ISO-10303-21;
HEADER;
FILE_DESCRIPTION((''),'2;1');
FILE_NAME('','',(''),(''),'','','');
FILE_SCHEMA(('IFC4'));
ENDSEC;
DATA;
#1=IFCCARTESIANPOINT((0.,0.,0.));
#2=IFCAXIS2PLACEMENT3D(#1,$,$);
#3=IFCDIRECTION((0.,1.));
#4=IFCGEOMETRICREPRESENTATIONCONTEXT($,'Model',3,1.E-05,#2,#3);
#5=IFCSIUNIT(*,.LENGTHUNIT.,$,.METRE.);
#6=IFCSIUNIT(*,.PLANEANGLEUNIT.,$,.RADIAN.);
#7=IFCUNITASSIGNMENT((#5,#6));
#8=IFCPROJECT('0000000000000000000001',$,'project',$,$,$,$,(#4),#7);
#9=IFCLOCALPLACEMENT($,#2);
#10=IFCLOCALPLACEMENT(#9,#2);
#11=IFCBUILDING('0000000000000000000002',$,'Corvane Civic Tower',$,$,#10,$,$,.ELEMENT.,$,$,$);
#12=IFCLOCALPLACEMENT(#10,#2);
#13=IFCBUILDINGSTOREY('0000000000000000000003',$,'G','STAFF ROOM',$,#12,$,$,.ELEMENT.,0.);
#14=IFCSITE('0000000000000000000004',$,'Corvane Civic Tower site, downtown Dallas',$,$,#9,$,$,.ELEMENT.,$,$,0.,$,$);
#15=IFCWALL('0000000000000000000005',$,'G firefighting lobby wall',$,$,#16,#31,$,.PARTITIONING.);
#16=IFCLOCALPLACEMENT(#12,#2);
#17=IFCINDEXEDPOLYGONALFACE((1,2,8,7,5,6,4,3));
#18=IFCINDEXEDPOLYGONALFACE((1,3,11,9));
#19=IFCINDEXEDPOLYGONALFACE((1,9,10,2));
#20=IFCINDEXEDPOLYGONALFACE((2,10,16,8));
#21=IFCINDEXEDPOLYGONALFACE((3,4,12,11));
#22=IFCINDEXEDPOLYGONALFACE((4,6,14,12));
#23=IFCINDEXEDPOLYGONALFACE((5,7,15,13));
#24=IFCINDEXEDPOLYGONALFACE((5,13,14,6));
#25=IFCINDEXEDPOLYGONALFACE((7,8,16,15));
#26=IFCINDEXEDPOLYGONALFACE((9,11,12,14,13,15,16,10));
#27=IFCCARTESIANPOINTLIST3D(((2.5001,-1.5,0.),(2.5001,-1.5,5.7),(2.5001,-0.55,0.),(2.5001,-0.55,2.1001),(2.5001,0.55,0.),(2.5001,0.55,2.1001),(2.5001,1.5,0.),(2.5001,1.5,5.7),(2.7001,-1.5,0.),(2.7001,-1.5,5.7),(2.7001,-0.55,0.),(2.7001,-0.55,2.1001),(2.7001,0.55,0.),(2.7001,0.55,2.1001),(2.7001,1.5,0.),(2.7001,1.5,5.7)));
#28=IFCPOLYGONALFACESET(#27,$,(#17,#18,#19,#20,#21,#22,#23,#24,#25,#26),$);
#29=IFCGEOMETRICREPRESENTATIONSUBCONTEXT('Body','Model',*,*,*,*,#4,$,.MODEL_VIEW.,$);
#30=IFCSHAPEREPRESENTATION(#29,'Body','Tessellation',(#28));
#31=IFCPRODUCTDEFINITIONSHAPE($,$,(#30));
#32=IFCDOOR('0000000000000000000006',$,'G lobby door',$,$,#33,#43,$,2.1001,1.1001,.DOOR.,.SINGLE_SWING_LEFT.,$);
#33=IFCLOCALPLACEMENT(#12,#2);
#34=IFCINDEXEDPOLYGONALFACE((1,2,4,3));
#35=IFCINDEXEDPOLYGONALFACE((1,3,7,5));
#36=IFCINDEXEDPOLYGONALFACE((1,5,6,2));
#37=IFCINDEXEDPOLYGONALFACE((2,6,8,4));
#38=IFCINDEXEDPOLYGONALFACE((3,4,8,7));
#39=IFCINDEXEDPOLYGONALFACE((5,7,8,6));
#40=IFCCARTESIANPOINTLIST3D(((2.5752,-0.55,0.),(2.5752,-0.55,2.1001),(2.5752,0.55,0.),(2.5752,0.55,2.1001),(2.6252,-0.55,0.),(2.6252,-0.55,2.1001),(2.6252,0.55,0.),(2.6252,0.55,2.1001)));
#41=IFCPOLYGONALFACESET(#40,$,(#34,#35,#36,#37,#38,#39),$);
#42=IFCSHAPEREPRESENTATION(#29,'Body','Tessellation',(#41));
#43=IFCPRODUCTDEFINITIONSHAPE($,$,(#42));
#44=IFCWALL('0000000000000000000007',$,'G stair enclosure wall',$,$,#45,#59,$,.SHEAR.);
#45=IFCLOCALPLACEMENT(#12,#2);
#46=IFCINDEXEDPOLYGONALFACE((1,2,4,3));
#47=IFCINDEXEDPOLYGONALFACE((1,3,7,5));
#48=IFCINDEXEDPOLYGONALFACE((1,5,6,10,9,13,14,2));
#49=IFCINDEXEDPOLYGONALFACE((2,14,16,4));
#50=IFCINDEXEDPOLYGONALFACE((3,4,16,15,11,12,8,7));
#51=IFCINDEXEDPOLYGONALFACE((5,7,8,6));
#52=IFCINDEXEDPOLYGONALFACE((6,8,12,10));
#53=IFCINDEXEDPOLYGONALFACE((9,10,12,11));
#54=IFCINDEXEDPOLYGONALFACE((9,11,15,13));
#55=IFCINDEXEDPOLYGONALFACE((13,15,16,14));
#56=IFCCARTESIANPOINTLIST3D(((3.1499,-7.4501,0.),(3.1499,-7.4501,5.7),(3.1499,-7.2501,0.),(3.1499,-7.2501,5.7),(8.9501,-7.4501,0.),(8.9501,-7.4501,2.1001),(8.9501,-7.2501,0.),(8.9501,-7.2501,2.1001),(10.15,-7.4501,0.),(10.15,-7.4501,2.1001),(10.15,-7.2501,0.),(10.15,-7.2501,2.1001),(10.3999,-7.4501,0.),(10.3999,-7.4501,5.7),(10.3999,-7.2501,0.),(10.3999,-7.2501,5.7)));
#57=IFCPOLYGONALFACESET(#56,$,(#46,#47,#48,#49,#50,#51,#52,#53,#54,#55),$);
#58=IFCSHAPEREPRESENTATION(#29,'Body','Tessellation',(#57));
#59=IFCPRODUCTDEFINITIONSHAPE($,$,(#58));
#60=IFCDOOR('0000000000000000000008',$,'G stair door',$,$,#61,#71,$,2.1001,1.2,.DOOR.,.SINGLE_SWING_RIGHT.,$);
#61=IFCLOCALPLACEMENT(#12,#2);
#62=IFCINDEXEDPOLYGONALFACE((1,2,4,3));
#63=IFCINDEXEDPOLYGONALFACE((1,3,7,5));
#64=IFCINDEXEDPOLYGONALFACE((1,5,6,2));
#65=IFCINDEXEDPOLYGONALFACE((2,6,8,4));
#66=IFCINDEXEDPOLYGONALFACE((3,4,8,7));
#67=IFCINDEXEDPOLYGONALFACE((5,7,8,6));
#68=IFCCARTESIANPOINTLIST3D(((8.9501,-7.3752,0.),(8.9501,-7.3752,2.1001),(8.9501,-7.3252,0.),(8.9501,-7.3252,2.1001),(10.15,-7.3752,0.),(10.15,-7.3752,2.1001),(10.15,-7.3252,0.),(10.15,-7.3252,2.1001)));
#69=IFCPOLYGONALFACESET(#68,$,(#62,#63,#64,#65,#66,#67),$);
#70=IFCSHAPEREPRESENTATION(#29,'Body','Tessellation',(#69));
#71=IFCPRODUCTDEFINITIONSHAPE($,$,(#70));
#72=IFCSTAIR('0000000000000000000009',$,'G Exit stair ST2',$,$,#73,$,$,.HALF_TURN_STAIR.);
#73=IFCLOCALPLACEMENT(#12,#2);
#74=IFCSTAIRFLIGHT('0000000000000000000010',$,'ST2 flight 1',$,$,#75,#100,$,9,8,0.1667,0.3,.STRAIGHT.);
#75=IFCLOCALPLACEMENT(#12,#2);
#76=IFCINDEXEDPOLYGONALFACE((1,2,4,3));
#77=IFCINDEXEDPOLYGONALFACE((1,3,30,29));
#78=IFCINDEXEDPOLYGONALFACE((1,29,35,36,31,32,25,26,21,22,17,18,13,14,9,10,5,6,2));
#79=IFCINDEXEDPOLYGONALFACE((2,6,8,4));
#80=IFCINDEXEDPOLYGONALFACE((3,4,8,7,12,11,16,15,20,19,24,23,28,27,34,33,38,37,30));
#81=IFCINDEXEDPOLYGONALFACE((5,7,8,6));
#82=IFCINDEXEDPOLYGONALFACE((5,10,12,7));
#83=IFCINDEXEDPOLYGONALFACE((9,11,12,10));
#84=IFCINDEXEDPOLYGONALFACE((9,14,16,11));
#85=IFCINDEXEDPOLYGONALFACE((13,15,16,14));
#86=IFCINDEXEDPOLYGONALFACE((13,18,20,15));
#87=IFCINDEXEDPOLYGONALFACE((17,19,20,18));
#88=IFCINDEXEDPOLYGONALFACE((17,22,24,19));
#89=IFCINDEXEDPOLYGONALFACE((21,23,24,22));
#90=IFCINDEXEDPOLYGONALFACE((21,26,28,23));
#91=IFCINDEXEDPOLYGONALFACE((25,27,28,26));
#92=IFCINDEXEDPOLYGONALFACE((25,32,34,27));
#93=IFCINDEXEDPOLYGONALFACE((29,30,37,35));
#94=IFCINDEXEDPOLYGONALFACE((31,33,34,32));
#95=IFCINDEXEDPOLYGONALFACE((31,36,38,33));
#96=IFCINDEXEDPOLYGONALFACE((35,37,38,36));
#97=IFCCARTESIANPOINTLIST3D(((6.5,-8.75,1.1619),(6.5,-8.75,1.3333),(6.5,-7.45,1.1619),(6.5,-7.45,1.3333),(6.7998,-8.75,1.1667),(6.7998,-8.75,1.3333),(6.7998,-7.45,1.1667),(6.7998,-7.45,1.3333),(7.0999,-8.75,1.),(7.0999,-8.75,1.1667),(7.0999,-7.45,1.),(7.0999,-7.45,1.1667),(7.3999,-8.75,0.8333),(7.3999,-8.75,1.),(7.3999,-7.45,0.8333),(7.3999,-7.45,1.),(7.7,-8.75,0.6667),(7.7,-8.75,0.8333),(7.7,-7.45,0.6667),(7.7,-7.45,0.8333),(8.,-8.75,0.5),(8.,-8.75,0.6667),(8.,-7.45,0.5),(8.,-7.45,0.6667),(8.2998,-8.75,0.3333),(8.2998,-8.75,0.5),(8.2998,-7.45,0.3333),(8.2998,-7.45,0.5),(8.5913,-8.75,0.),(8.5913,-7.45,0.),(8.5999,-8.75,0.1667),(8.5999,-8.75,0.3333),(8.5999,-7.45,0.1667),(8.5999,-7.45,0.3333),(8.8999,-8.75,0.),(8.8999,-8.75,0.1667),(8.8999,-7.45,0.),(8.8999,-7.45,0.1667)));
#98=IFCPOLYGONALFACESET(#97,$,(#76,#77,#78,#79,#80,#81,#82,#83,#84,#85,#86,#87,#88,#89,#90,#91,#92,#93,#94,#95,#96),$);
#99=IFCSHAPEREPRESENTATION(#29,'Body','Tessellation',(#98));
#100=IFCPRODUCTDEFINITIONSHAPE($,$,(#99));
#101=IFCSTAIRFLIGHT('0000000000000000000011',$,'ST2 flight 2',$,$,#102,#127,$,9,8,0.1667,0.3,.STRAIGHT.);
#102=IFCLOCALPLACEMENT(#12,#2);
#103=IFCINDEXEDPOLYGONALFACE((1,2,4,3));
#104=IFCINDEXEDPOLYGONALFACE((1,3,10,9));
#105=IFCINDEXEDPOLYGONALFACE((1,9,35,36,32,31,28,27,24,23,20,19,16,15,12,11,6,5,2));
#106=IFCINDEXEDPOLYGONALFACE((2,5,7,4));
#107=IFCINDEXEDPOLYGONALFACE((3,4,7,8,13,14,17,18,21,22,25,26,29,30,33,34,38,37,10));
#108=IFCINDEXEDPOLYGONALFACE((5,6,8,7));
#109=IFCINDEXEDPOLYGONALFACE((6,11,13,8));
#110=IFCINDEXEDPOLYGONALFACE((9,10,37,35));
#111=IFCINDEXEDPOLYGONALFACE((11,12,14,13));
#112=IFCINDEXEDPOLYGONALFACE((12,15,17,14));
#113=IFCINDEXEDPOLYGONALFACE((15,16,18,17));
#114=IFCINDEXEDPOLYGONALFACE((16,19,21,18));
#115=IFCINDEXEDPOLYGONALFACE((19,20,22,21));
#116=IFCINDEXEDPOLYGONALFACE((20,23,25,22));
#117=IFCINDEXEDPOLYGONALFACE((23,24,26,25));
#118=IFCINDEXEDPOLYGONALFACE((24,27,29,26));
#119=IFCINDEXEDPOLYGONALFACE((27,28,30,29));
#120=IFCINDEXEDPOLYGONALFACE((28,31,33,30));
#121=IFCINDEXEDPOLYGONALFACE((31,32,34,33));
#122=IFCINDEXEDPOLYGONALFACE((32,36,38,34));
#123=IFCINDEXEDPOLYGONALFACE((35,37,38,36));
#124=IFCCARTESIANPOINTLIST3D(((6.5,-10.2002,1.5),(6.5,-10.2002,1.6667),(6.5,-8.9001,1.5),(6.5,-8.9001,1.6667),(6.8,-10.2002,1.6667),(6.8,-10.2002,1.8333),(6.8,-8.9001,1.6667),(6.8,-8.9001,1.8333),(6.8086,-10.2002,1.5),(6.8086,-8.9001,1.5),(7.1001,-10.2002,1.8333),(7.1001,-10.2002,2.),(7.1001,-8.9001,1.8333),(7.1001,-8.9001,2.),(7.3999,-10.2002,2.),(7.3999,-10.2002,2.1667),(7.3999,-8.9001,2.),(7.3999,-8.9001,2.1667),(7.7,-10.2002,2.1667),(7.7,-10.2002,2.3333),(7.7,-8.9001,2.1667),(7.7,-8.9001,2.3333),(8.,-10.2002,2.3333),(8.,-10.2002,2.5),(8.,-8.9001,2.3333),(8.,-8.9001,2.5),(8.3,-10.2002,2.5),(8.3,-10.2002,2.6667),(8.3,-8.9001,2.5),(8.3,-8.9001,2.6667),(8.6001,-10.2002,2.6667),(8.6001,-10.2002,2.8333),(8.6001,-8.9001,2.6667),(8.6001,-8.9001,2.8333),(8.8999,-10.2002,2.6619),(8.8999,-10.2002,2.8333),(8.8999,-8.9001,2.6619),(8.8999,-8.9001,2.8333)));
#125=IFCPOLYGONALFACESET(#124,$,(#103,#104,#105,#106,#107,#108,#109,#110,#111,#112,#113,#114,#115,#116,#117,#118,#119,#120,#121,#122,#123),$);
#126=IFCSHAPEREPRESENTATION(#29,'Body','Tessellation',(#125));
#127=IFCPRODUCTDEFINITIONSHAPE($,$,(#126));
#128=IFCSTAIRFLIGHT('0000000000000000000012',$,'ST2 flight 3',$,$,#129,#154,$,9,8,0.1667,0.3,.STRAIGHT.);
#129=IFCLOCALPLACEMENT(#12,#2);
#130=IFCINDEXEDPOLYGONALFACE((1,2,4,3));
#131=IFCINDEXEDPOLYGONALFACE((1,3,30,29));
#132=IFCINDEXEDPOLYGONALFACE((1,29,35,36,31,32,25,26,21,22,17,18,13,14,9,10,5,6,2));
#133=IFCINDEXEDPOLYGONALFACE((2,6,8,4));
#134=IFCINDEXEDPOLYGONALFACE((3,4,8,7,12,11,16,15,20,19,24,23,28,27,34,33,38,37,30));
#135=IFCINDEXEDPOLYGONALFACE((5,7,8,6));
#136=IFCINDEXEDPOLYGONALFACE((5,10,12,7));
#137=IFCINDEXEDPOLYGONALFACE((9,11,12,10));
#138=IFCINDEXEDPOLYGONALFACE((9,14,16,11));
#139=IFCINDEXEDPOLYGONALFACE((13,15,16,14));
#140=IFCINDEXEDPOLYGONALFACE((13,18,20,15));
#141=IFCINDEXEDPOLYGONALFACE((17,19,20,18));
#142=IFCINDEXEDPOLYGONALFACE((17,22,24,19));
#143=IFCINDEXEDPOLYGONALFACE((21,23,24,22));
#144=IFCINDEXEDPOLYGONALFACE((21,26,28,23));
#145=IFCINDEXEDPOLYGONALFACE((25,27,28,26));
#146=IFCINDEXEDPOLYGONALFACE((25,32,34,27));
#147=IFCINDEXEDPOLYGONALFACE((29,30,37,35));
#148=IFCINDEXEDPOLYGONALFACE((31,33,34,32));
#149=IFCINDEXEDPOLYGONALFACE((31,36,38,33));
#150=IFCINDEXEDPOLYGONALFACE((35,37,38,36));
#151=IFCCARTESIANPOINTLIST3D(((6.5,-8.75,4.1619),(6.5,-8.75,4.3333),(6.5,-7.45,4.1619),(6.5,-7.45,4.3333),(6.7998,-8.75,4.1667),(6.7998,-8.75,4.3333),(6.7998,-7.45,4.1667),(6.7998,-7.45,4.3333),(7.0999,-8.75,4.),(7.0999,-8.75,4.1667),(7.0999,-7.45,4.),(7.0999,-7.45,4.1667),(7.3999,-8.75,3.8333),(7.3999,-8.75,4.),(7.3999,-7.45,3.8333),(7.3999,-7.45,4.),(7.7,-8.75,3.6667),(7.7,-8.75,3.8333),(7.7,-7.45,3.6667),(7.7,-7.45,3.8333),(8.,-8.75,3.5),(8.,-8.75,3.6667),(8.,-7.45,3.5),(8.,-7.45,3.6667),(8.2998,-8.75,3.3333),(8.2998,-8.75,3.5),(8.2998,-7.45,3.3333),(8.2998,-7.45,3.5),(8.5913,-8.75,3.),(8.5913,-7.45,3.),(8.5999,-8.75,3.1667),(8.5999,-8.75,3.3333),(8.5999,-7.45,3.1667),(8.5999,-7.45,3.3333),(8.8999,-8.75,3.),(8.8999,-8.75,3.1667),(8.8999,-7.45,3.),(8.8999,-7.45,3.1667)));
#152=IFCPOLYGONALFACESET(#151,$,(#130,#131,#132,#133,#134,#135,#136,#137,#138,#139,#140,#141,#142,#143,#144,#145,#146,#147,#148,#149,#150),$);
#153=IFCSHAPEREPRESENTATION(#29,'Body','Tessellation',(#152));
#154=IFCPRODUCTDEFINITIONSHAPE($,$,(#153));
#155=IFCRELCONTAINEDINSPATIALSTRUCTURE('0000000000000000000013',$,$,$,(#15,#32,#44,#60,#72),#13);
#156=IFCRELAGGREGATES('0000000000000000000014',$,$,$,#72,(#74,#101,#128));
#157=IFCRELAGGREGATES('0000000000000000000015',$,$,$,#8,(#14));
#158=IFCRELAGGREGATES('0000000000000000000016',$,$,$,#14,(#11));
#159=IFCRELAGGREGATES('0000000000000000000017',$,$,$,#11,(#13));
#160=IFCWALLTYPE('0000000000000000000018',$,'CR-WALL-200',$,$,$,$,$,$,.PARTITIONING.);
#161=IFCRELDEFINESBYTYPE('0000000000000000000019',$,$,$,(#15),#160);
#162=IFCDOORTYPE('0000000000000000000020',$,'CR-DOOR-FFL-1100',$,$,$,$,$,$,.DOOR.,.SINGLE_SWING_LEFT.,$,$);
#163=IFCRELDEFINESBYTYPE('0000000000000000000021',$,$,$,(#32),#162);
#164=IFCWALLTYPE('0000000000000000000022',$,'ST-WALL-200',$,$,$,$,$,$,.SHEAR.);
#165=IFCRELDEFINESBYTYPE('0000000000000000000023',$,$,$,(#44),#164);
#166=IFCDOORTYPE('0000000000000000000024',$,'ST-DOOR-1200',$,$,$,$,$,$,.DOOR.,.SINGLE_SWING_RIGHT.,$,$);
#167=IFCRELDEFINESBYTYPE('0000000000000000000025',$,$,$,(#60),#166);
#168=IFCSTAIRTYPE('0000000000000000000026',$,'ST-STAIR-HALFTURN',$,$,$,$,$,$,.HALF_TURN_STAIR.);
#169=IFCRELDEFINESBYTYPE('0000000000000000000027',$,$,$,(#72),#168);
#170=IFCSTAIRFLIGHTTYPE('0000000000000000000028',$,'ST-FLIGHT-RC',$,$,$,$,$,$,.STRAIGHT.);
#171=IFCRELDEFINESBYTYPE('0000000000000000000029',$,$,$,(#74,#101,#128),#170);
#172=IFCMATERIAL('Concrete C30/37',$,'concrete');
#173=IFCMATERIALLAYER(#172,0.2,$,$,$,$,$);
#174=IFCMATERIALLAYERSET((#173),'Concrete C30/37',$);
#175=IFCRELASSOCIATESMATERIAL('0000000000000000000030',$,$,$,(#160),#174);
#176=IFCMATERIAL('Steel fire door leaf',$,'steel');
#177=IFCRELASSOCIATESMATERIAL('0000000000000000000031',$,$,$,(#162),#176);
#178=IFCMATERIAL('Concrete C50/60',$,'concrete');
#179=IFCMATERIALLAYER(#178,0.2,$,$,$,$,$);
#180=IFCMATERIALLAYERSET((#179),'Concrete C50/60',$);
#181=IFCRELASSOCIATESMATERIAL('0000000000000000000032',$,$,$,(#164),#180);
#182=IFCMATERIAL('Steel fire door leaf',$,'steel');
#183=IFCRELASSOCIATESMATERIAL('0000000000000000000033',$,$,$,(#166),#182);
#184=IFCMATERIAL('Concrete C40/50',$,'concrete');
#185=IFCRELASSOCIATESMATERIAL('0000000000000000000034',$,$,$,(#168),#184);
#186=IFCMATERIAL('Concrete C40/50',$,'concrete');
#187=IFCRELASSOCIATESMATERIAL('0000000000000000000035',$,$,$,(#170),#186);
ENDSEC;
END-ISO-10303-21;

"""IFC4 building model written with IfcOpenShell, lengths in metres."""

from ifc_helpers import new_model, si_unit, direction, frame, frame_2d, origin, place, context, subcontext, project, spatial, polyline, rectangle, outline, extrude, material, layer, layer_set, type_object, element, fill, aggregate, save


model = new_model("IFC4")

# Units and contexts
model_context = context("Model", 3, precision=1e-05, world=origin(), true_north=direction((0.0, 1.0)))
body_context = subcontext(model_context, "Body", "Model", "MODEL_VIEW")
ifc_project = project(units=[si_unit("LENGTHUNIT", "METRE"), si_unit("PLANEANGLEUNIT", "RADIAN")], contexts=[model_context])

# Site, building, storey
site_placement = place(None, origin())
site = spatial("IfcSite", under=ifc_project, at=site_placement, Name="Corvane Civic Tower site, downtown Dallas", CompositionType="ELEMENT", RefElevation=0.0)
building_placement = place(site_placement, origin())
building = spatial("IfcBuilding", under=site, at=building_placement, Name="Corvane Civic Tower", CompositionType="ELEMENT")
storey_placement = place(building_placement, origin())
storey = spatial("IfcBuildingStorey", under=building, at=storey_placement, Name="G", Description="STAFF ROOM", CompositionType="ELEMENT", Elevation=0.0)

# Walls, openings, doors
ifc_material_1 = material(Name="Concrete C30/37", Category="concrete")
ifc_layer_1 = layer(ifc_material_1, 0.2)
ifc_layer_set_1 = layer_set([ifc_layer_1], Name="Concrete C30/37")
wall_type_1 = type_object("IfcWallType", Name="CR-WALL-200", PredefinedType="PARTITIONING", material=ifc_layer_set_1)
wall_1_placement = place(storey_placement, frame((2.6001, -1.5, 0.0), z_axis=(0.0, 0.0, 1.0), x_axis=(0.0, 1.0, 0.0)))
wall_1 = element("IfcWall", 1, at=wall_1_placement, inside=storey, type_object=wall_type_1, Name="G firefighting lobby wall", PredefinedType="PARTITIONING", context=body_context, shape_type="SweptSolid", body=[
    extrude(rectangle(XDim=3.0, YDim=0.2, at=frame_2d((1.5, 0.0))), origin(), (0.0, 0.0, 1.0), 5.7),
])
opening_1_placement = place(wall_1_placement, frame((0.95, 0.0, 0.0)))
opening_1 = element("IfcOpeningElement", 2, at=opening_1_placement, cuts=wall_1, PredefinedType="OPENING", context=body_context, shape_type="SweptSolid", body=[
    extrude(rectangle(XDim=1.1001, YDim=2.1001, at=frame_2d((0.55, 1.05))), frame((0.0, 0.1099, 0.0), z_axis=(0.0, -1.0, 0.0), x_axis=(1.0, 0.0, 0.0)), (0.0, 0.0, 1.0), 0.22),
])
ifc_material_2 = material(Name="Steel fire door leaf", Category="steel")
door_type_1 = type_object("IfcDoorType", Name="CR-DOOR-FFL-1100", OperationType="SINGLE_SWING_LEFT", PredefinedType="DOOR", material=ifc_material_2)
door_1_placement = place(opening_1_placement, origin())
door_1 = element("IfcDoor", 3, at=door_1_placement, inside=storey, type_object=door_type_1, Name="G lobby door", OperationType="SINGLE_SWING_LEFT", OverallHeight=2.1001, OverallWidth=1.1001, PredefinedType="DOOR", context=body_context, shape_type="SweptSolid", body=[
    extrude(rectangle(XDim=1.1001, YDim=2.1001, at=frame_2d((0.55, 1.05))), frame((0.0, 0.0249, 0.0), z_axis=(0.0, -1.0, 0.0), x_axis=(1.0, 0.0, 0.0)), (0.0, 0.0, 1.0), 0.05),
])
fill(opening_1, door_1)
ifc_material_3 = material(Name="Concrete C50/60", Category="concrete")
ifc_layer_2 = layer(ifc_material_3, 0.2)
ifc_layer_set_2 = layer_set([ifc_layer_2], Name="Concrete C50/60")
wall_type_2 = type_object("IfcWallType", Name="ST-WALL-200", PredefinedType="SHEAR", material=ifc_layer_set_2)
wall_2_placement = place(storey_placement, frame((3.1499, -7.3501, 0.0), z_axis=(0.0, 0.0, 1.0), x_axis=(1.0, 0.0, 0.0)))
wall_2 = element("IfcWall", 4, at=wall_2_placement, inside=storey, type_object=wall_type_2, Name="G stair enclosure wall", PredefinedType="SHEAR", context=body_context, shape_type="SweptSolid", body=[
    extrude(rectangle(XDim=7.25, YDim=0.2, at=frame_2d((3.625, 0.0))), origin(), (0.0, 0.0, 1.0), 5.7),
])
opening_2_placement = place(wall_2_placement, frame((5.8, 0.0, 0.0)))
opening_2 = element("IfcOpeningElement", 5, at=opening_2_placement, cuts=wall_2, PredefinedType="OPENING", context=body_context, shape_type="SweptSolid", body=[
    extrude(rectangle(XDim=1.2, YDim=2.1001, at=frame_2d((0.6001, 1.05))), frame((0.0, 0.1099, 0.0), z_axis=(0.0, -1.0, 0.0), x_axis=(1.0, 0.0, 0.0)), (0.0, 0.0, 1.0), 0.22),
])
ifc_material_4 = material(Name="Steel fire door leaf", Category="steel")
door_type_2 = type_object("IfcDoorType", Name="ST-DOOR-1200", OperationType="SINGLE_SWING_RIGHT", PredefinedType="DOOR", material=ifc_material_4)
door_2_placement = place(opening_2_placement, origin())
door_2 = element("IfcDoor", 6, at=door_2_placement, inside=storey, type_object=door_type_2, Name="G stair door", OperationType="SINGLE_SWING_RIGHT", OverallHeight=2.1001, OverallWidth=1.2, PredefinedType="DOOR", context=body_context, shape_type="SweptSolid", body=[
    extrude(rectangle(XDim=1.2, YDim=2.1001, at=frame_2d((0.6001, 1.05))), frame((0.0, 0.0249, 0.0), z_axis=(0.0, -1.0, 0.0), x_axis=(1.0, 0.0, 0.0)), (0.0, 0.0, 1.0), 0.05),
])
fill(opening_2, door_2)

# Stair, stair flights
ifc_material_5 = material(Name="Concrete C40/50", Category="concrete")
stair_type = type_object("IfcStairType", Name="ST-STAIR-HALFTURN", PredefinedType="HALF_TURN_STAIR", material=ifc_material_5)
stair_placement = place(storey_placement, origin())
stair = element("IfcStair", 7, at=stair_placement, inside=storey, type_object=stair_type, Name="G Exit stair ST2", PredefinedType="HALF_TURN_STAIR")
ifc_material_6 = material(Name="Concrete C40/50", Category="concrete")
stair_flight_type = type_object("IfcStairFlightType", Name="ST-FLIGHT-RC", PredefinedType="STRAIGHT", material=ifc_material_6)
stair_flight_1_placement = place(storey_placement, frame((8.8999, -8.1001, 0.0), z_axis=(0.0, 0.0, 1.0), x_axis=(-1.0, 0.0, 0.0)))
stair_flight_1 = element("IfcStairFlight", 8, at=stair_flight_1_placement, type_object=stair_flight_type, Name="ST2 flight 1", NumberOfRisers=9, NumberOfTreads=8, PredefinedType="STRAIGHT", RiserHeight=0.1667, TreadLength=0.3, context=body_context, shape_type="SweptSolid", body=[
    extrude(outline(polyline([(0.0, 0.0), (0.0, 0.1667), (0.3, 0.1667), (0.3, 0.3333), (0.6001, 0.3333), (0.6001, 0.5), (0.8999, 0.5), (0.8999, 0.6667), (1.2, 0.6667), (1.2, 0.8333), (1.5, 0.8333), (1.5, 1.0), (1.8, 1.0), (1.8, 1.1667), (2.1001, 1.1667), (2.1001, 1.3333), (2.3999, 1.3333), (2.3999, 1.5), (2.3999, 1.1619), (0.3086, 0.0), (0.0, 0.0)])), frame((0.0, 0.6499, 0.0), z_axis=(0.0, -1.0, 0.0), x_axis=(1.0, 0.0, 0.0)), (0.0, 0.0, 1.0), 1.3),
])
stair_flight_2_placement = place(storey_placement, frame((6.5, -9.55, 1.5), z_axis=(0.0, 0.0, 1.0), x_axis=(1.0, 0.0, 0.0)))
stair_flight_2 = element("IfcStairFlight", 9, at=stair_flight_2_placement, type_object=stair_flight_type, Name="ST2 flight 2", NumberOfRisers=9, NumberOfTreads=8, PredefinedType="STRAIGHT", RiserHeight=0.1667, TreadLength=0.3, context=body_context, shape_type="SweptSolid", body=[
    extrude(outline(polyline([(0.0, 0.0), (0.0, 0.1667), (0.3, 0.1667), (0.3, 0.3333), (0.6001, 0.3333), (0.6001, 0.5), (0.8999, 0.5), (0.8999, 0.6667), (1.2, 0.6667), (1.2, 0.8333), (1.5, 0.8333), (1.5, 1.0), (1.8, 1.0), (1.8, 1.1667), (2.1001, 1.1667), (2.1001, 1.3333), (2.3999, 1.3333), (2.3999, 1.5), (2.3999, 1.1619), (0.3086, 0.0), (0.0, 0.0)])), frame((0.0, 0.6499, 0.0), z_axis=(0.0, -1.0, 0.0), x_axis=(1.0, 0.0, 0.0)), (0.0, 0.0, 1.0), 1.3),
])
stair_flight_3_placement = place(storey_placement, frame((8.8999, -8.1001, 3.0), z_axis=(0.0, 0.0, 1.0), x_axis=(-1.0, 0.0, 0.0)))
stair_flight_3 = element("IfcStairFlight", 10, at=stair_flight_3_placement, type_object=stair_flight_type, Name="ST2 flight 3", NumberOfRisers=9, NumberOfTreads=8, PredefinedType="STRAIGHT", RiserHeight=0.1667, TreadLength=0.3, context=body_context, shape_type="SweptSolid", body=[
    extrude(outline(polyline([(0.0, 0.0), (0.0, 0.1667), (0.3, 0.1667), (0.3, 0.3333), (0.6001, 0.3333), (0.6001, 0.5), (0.8999, 0.5), (0.8999, 0.6667), (1.2, 0.6667), (1.2, 0.8333), (1.5, 0.8333), (1.5, 1.0), (1.8, 1.0), (1.8, 1.1667), (2.1001, 1.1667), (2.1001, 1.3333), (2.3999, 1.3333), (2.3999, 1.5), (2.3999, 1.1619), (0.3086, 0.0), (0.0, 0.0)])), frame((0.0, 0.6499, 0.0), z_axis=(0.0, -1.0, 0.0), x_axis=(1.0, 0.0, 0.0)), (0.0, 0.0, 1.0), 1.3),
])
aggregate(stair, [stair_flight_1, stair_flight_2, stair_flight_3])

save(model, "model.ifc")
